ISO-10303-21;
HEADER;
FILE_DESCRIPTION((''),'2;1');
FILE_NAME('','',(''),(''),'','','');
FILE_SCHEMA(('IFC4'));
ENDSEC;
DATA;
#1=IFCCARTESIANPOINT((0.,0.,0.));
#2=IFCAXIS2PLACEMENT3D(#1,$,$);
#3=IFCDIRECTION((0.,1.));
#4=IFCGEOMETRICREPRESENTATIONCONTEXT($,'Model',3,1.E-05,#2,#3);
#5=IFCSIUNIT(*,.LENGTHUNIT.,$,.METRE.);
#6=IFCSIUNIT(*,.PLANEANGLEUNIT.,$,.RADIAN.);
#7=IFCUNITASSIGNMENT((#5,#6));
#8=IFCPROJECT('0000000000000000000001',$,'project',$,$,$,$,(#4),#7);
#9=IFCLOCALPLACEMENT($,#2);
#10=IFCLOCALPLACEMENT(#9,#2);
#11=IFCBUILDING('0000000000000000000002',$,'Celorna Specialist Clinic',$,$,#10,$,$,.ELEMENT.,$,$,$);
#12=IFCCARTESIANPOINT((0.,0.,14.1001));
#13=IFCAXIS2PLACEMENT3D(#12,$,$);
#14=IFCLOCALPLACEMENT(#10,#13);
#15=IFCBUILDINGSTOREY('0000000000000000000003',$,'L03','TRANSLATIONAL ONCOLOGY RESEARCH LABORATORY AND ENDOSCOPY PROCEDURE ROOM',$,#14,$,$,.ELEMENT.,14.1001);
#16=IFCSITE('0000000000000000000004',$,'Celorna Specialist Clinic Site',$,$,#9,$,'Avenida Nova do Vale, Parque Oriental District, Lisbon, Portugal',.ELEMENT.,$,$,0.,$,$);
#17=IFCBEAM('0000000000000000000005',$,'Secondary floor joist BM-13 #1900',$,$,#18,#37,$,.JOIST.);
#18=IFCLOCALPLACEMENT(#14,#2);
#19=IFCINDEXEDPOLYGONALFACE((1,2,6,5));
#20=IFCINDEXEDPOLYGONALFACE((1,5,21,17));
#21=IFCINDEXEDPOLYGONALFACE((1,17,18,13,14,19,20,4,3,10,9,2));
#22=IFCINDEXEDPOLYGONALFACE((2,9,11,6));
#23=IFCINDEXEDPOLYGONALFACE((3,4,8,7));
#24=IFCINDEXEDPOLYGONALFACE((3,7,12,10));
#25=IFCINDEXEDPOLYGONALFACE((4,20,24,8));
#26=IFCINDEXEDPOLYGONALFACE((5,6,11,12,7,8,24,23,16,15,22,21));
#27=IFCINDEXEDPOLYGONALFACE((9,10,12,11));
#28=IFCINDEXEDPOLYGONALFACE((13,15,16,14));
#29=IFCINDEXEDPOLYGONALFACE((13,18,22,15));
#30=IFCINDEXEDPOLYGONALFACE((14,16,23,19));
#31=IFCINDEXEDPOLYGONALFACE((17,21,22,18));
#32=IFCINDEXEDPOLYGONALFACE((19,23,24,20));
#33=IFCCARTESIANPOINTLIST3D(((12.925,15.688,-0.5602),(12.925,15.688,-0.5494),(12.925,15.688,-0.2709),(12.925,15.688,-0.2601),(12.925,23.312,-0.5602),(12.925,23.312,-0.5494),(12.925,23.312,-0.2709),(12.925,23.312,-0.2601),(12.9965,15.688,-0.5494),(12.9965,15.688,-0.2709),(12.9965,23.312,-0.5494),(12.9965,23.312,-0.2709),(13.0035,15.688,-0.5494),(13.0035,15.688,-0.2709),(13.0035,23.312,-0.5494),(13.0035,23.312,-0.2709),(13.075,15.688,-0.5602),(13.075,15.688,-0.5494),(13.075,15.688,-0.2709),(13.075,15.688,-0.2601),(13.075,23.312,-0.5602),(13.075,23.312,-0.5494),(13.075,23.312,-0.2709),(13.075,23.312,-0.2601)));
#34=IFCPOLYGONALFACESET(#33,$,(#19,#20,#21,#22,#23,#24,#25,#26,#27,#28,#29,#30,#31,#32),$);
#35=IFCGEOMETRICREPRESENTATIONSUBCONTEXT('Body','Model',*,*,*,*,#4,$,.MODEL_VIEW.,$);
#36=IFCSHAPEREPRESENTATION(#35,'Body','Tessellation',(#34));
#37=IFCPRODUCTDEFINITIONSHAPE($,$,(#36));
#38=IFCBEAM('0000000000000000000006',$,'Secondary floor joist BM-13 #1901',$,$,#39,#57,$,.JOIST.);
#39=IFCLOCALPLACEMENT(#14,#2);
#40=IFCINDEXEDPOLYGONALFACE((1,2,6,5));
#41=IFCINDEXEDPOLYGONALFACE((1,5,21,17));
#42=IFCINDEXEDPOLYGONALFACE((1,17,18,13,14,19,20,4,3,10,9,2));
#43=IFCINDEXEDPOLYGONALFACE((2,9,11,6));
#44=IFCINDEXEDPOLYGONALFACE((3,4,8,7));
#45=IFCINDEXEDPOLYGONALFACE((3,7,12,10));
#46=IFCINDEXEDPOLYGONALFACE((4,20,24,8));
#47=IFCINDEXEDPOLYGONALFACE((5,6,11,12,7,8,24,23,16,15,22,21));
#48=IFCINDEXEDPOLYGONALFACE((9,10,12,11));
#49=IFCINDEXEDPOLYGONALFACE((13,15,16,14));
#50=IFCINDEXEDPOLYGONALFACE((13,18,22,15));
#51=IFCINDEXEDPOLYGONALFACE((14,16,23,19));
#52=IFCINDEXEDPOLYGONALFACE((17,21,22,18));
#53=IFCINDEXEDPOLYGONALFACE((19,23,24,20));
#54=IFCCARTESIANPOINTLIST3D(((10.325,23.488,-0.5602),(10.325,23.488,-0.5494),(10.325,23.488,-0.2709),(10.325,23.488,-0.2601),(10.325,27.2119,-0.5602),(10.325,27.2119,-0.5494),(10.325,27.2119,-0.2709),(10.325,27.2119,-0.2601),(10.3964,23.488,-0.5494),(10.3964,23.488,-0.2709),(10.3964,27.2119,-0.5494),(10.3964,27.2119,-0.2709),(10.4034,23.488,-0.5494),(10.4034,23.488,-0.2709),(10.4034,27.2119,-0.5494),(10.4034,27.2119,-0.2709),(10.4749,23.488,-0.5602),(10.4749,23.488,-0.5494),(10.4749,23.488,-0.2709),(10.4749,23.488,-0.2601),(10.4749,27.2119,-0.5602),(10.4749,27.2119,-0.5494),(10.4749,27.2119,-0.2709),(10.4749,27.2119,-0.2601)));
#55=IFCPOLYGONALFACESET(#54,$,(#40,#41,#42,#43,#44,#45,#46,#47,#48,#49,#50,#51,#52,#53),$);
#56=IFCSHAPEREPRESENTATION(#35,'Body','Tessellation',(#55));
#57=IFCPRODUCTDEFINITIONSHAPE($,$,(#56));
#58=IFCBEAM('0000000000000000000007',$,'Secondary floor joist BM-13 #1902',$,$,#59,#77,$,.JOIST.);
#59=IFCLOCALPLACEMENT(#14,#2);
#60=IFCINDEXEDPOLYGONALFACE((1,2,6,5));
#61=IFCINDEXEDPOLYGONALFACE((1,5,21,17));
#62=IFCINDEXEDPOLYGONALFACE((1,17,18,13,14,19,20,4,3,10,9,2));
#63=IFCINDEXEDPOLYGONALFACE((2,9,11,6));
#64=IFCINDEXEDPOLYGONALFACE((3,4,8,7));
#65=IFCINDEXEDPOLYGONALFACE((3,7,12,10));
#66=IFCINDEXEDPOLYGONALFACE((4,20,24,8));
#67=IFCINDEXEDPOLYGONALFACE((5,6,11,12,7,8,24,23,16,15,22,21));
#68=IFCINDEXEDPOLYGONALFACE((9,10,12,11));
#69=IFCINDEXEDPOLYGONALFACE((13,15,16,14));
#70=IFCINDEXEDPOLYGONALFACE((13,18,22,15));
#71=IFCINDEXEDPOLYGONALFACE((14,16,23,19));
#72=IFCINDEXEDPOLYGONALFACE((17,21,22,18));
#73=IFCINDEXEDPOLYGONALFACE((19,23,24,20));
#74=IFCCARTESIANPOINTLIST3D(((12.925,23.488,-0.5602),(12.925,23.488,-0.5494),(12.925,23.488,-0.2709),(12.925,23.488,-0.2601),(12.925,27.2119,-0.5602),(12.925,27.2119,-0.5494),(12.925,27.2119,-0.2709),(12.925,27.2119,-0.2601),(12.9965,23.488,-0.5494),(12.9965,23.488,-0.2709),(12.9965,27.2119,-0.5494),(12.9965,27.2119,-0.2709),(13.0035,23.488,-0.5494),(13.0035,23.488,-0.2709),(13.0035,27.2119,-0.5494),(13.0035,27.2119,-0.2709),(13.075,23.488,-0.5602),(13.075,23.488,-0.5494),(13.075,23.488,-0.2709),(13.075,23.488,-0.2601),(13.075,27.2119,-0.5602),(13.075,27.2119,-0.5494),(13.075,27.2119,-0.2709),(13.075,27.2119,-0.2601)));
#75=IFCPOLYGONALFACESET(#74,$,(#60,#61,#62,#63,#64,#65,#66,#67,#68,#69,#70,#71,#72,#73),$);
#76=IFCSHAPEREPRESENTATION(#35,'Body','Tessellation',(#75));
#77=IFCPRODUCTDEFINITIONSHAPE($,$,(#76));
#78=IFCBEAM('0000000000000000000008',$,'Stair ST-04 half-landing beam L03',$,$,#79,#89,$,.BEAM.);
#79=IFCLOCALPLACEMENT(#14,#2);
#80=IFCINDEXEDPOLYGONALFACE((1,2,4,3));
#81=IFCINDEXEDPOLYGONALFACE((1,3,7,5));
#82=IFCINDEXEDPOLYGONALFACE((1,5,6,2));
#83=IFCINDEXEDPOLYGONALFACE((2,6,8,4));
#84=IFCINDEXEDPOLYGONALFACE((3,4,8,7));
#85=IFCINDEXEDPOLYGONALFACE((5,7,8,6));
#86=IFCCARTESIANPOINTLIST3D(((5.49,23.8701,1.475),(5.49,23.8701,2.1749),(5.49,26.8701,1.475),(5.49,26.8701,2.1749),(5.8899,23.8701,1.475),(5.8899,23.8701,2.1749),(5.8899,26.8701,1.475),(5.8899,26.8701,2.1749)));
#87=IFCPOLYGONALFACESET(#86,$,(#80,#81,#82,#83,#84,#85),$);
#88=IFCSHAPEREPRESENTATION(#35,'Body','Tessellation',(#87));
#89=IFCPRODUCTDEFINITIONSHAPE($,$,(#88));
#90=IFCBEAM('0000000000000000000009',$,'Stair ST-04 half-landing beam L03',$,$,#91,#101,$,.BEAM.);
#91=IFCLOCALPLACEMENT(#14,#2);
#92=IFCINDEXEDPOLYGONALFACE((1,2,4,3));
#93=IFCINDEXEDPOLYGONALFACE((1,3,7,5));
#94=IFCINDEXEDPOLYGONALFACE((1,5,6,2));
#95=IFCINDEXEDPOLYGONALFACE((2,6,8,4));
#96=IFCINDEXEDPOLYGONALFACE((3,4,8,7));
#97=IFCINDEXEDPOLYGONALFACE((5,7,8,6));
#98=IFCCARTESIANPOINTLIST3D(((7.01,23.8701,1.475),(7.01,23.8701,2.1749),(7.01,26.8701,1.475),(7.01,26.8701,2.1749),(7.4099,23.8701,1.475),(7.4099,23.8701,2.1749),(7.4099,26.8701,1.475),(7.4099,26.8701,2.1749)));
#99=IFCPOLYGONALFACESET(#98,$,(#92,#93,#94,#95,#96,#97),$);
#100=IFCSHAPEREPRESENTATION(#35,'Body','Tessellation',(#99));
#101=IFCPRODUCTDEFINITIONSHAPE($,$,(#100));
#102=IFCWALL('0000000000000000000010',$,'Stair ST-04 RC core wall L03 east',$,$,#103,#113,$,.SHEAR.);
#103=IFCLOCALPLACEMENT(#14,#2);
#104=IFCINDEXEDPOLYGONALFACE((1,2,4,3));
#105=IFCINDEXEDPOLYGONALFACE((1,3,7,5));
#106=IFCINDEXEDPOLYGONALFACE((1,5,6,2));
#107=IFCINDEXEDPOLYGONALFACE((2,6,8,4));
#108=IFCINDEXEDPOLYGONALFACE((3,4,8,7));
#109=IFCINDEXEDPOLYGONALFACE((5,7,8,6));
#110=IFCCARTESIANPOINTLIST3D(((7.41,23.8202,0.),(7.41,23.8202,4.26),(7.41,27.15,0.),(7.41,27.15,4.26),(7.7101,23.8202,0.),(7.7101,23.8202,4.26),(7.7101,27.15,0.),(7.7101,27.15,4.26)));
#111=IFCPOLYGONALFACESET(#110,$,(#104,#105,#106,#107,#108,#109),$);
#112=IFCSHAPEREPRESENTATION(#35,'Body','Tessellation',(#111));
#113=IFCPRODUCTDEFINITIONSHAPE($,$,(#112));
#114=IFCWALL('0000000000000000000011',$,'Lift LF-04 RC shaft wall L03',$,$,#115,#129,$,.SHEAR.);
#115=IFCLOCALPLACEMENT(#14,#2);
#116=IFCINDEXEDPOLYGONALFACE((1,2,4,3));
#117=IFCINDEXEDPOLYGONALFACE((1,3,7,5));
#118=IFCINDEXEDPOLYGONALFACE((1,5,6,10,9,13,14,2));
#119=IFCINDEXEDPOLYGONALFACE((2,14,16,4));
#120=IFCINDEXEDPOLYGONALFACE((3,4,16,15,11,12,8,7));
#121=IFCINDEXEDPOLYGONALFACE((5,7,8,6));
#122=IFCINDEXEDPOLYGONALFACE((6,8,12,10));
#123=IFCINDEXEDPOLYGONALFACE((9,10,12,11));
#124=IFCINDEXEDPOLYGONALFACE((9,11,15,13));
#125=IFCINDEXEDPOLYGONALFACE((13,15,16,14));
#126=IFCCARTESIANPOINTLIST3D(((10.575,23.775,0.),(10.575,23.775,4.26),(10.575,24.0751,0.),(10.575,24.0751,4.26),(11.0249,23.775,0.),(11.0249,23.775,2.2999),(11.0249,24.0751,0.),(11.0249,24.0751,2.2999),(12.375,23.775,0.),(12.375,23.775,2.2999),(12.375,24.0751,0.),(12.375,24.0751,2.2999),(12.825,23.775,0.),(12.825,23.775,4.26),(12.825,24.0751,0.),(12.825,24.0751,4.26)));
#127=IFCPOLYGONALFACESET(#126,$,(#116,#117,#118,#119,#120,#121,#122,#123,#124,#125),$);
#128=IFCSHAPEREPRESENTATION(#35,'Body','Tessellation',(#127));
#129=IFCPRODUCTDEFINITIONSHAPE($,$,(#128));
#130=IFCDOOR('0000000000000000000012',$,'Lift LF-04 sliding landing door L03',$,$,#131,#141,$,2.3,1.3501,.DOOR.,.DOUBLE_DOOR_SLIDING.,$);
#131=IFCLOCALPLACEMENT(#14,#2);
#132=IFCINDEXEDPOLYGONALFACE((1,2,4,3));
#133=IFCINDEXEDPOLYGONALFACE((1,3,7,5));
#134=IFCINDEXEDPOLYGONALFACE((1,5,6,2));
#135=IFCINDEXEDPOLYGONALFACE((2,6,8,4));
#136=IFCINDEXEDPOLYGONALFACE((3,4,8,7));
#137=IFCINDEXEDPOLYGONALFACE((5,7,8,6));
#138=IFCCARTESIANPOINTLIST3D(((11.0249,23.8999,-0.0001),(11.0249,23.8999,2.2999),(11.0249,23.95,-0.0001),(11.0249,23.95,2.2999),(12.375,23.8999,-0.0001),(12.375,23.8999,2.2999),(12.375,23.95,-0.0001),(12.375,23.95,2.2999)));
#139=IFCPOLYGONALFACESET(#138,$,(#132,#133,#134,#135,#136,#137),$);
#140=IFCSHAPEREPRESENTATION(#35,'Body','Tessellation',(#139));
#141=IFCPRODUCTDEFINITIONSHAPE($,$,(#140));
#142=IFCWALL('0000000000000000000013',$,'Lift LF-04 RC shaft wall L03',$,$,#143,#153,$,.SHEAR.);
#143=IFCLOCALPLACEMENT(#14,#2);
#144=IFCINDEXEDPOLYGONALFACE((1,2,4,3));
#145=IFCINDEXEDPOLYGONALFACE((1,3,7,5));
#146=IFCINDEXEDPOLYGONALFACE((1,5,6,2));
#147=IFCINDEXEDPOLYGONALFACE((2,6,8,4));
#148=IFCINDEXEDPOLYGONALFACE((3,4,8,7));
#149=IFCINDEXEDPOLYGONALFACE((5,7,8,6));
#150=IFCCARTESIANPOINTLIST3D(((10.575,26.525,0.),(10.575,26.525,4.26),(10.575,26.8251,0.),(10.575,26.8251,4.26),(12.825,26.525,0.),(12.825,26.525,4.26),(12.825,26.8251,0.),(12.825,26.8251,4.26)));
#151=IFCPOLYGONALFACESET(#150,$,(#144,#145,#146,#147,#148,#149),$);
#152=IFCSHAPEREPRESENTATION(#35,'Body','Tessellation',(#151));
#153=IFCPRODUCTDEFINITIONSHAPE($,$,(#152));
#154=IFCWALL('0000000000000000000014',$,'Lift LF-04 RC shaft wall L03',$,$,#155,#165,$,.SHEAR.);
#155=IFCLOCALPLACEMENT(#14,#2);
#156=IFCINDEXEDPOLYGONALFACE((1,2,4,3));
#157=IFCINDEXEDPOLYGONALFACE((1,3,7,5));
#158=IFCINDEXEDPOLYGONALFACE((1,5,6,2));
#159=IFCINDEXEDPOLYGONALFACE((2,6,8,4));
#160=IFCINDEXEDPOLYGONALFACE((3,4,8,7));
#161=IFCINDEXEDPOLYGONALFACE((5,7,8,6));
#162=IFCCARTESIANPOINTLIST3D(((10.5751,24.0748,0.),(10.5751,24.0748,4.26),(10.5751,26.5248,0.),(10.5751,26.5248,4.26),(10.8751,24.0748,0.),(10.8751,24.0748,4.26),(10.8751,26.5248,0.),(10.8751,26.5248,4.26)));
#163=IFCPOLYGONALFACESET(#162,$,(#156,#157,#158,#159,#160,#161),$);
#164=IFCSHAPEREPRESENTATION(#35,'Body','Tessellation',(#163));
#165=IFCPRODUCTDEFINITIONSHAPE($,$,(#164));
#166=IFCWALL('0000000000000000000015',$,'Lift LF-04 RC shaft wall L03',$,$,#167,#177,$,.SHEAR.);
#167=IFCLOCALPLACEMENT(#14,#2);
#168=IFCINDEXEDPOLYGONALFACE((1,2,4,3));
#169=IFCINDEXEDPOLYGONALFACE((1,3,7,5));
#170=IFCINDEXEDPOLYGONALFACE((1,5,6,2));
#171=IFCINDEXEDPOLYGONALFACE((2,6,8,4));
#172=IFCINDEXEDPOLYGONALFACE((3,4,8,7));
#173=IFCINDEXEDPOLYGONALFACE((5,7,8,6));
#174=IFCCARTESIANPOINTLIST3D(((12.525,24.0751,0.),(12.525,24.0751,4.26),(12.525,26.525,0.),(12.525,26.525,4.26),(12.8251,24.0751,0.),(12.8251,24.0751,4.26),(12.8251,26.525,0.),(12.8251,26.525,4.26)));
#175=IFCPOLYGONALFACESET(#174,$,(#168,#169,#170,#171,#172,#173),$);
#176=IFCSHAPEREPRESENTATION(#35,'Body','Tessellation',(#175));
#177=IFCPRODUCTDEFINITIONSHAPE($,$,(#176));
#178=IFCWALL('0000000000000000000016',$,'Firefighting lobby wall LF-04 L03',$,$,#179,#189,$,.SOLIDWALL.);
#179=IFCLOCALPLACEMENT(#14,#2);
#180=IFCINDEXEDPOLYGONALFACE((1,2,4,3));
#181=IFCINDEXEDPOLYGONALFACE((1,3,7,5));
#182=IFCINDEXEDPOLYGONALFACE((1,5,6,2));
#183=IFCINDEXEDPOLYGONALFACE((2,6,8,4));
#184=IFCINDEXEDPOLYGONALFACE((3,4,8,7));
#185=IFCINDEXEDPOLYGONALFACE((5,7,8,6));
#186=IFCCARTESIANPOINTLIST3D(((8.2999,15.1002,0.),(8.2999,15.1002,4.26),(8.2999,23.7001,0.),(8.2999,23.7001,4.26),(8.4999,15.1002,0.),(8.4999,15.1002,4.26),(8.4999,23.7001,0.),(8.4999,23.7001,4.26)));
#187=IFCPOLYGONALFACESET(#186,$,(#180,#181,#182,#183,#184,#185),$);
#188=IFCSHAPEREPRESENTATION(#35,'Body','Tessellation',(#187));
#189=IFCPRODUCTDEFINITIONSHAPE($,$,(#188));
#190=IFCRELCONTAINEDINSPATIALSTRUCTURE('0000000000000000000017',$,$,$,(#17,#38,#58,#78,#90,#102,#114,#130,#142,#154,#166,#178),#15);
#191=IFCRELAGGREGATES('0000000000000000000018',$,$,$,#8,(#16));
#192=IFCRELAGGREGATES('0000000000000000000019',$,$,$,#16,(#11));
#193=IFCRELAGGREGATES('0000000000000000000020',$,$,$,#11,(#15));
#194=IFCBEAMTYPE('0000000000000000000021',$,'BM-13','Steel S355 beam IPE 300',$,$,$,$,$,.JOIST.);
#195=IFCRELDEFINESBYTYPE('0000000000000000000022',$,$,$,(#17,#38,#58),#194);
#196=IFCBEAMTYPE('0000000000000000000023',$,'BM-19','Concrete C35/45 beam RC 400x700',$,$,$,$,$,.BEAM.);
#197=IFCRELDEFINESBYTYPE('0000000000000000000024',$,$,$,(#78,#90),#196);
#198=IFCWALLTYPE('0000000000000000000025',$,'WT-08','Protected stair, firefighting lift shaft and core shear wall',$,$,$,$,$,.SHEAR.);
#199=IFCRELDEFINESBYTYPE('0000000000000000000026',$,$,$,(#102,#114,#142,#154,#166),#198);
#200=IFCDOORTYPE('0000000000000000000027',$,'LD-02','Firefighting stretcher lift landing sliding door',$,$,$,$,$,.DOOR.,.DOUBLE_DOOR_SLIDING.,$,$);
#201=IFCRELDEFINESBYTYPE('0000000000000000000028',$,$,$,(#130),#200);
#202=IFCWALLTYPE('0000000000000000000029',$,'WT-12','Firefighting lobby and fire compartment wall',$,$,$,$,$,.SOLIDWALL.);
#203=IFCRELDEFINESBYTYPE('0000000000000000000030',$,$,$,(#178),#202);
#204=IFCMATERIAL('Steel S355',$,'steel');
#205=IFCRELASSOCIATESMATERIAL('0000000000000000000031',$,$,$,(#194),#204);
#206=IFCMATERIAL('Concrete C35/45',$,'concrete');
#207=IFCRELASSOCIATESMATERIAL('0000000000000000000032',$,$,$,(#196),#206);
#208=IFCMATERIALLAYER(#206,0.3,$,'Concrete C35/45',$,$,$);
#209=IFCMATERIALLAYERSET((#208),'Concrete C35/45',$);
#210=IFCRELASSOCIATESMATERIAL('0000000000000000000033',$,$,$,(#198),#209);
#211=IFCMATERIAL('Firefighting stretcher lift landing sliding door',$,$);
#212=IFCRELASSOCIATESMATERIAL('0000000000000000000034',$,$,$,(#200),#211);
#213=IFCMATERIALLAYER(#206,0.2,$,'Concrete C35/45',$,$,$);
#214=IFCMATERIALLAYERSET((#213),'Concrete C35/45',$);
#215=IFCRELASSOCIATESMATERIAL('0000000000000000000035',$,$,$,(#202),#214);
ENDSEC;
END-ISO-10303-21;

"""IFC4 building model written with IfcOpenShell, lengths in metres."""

from ifc_helpers import new_model, si_unit, direction, frame, frame_2d, origin, origin_2d, place, context, subcontext, project, spatial, rectangle, i_section, extrude, material, layer, layer_set, material_profile, profile_set, type_object, element, fill, save


model = new_model("IFC4")

# Units and contexts
model_context = context("Model", 3, precision=1e-05, world=origin(), true_north=direction((0.0, 1.0)))
body_context = subcontext(model_context, "Body", "Model", "MODEL_VIEW")
ifc_project = project(units=[si_unit("LENGTHUNIT", "METRE"), si_unit("PLANEANGLEUNIT", "RADIAN")], contexts=[model_context])

# Site, building, storey
site_placement = place(None, origin())
site = spatial("IfcSite", under=ifc_project, at=site_placement, Name="Celorna Specialist Clinic Site", LongName="Avenida Nova do Vale, Parque Oriental District, Lisbon, Portugal", CompositionType="ELEMENT", RefElevation=0.0)
building_placement = place(site_placement, origin())
building = spatial("IfcBuilding", under=site, at=building_placement, Name="Celorna Specialist Clinic", CompositionType="ELEMENT")
storey_placement = place(building_placement, frame((0.0, 0.0, 14.1001)))
storey = spatial("IfcBuildingStorey", under=building, at=storey_placement, Name="L03", Description="TRANSLATIONAL ONCOLOGY RESEARCH LABORATORY AND ENDOSCOPY PROCEDURE ROOM", CompositionType="ELEMENT", Elevation=14.1001)

# Shared definitions
ifc_material_1 = material(Name="Concrete C35/45", Category="concrete")

# Beams
ifc_material_2 = material(Name="Steel S355", Category="steel")
ifc_material_profile_1 = material_profile(ifc_material_2, i_section(OverallWidth=0.1499, OverallDepth=0.3, WebThickness=0.0071, FlangeThickness=0.0107, at=origin_2d()), Name="IPE 300")
ifc_profile_set_1 = profile_set([ifc_material_profile_1], Name="Steel S355")
beam_type_1 = type_object("IfcBeamType", Name="BM-13", Description="Steel S355 beam IPE 300", PredefinedType="JOIST", material=ifc_profile_set_1)
for number, where, z_axis, x_axis, name in (
    (1, (13.0, 15.688, -0.4102), (0.0, 1.0, 0.0), (-1.0, 0.0, 0.0), "Secondary floor joist BM-13 #1900"),
):
    element("IfcBeam", number, at=place(storey_placement, frame(where, z_axis=z_axis, x_axis=x_axis)), inside=storey, type_object=beam_type_1, Name=name, PredefinedType="JOIST", context=body_context, shape_type="SweptSolid", body=[
        extrude(i_section(OverallWidth=0.1499, OverallDepth=0.3, WebThickness=0.0071, FlangeThickness=0.0107, at=origin_2d()), origin(), (0.0, 0.0, 1.0), 7.624),
    ])
for number, where, z_axis, x_axis, name in (
    (2, (10.3999, 23.488, -0.4102), (0.0, 1.0, 0.0), (-1.0, 0.0, 0.0), "Secondary floor joist BM-13 #1901"),
    (3, (13.0, 23.488, -0.4102), (0.0, 1.0, 0.0), (-1.0, 0.0, 0.0), "Secondary floor joist BM-13 #1902"),
):
    element("IfcBeam", number, at=place(storey_placement, frame(where, z_axis=z_axis, x_axis=x_axis)), inside=storey, type_object=beam_type_1, Name=name, PredefinedType="JOIST", context=body_context, shape_type="SweptSolid", body=[
        extrude(i_section(OverallWidth=0.1499, OverallDepth=0.3, WebThickness=0.0071, FlangeThickness=0.0107, at=origin_2d()), origin(), (0.0, 0.0, 1.0), 3.7239),
    ])
ifc_material_profile_2 = material_profile(ifc_material_1, rectangle(XDim=0.3999, YDim=0.7, at=origin_2d()), Name="RC 400x700")
ifc_profile_set_2 = profile_set([ifc_material_profile_2], Name="Concrete C35/45")
beam_type_2 = type_object("IfcBeamType", Name="BM-19", Description="Concrete C35/45 beam RC 400x700", PredefinedType="BEAM", material=ifc_profile_set_2)
for number, where, z_axis, x_axis, name in (
    (4, (5.6899, 23.8701, 1.825), (0.0, 1.0, 0.0), (-1.0, 0.0, 0.0), "Stair ST-04 half-landing beam L03"),
    (5, (7.21, 23.8701, 1.825), (0.0, 1.0, 0.0), (-1.0, 0.0, 0.0), "Stair ST-04 half-landing beam L03"),
):
    element("IfcBeam", number, at=place(storey_placement, frame(where, z_axis=z_axis, x_axis=x_axis)), inside=storey, type_object=beam_type_2, Name=name, PredefinedType="BEAM", context=body_context, shape_type="SweptSolid", body=[
        extrude(rectangle(XDim=0.3999, YDim=0.7, at=origin_2d()), origin(), (0.0, 0.0, 1.0), 3.0),
    ])

# Wall
ifc_layer_1 = layer(ifc_material_1, 0.3, Name="Concrete C35/45")
ifc_layer_set_1 = layer_set([ifc_layer_1], Name="Concrete C35/45")
wall_type_1 = type_object("IfcWallType", Name="WT-08", Description="Protected stair, firefighting lift shaft and core shear wall", PredefinedType="SHEAR", material=ifc_layer_set_1)
wall_1_placement = place(storey_placement, frame((7.5601, 23.8201, 0.0), z_axis=(0.0, 0.0, 1.0), x_axis=(0.0, 1.0, 0.0)))
element("IfcWall", 6, at=wall_1_placement, inside=storey, type_object=wall_type_1, Name="Stair ST-04 RC core wall L03 east", PredefinedType="SHEAR", context=body_context, shape_type="SweptSolid", body=[
    extrude(rectangle(XDim=3.3298, YDim=0.3, at=frame_2d((1.665, 0.0))), origin(), (0.0, 0.0, 1.0), 4.26),
])

# Wall, opening, door
wall_2_placement = place(storey_placement, frame((10.575, 23.925, 0.0), z_axis=(0.0, 0.0, 1.0), x_axis=(1.0, 0.0, 0.0)))
wall_2 = element("IfcWall", 7, at=wall_2_placement, inside=storey, type_object=wall_type_1, Name="Lift LF-04 RC shaft wall L03", PredefinedType="SHEAR", context=body_context, shape_type="SweptSolid", body=[
    extrude(rectangle(XDim=2.25, YDim=0.3, at=frame_2d((1.125, 0.0))), origin(), (0.0, 0.0, 1.0), 4.26),
])
opening_placement = place(wall_2_placement, frame((0.45, 0.0, 0.0)))
opening = element("IfcOpeningElement", 8, at=opening_placement, cuts=wall_2, PredefinedType="OPENING", context=body_context, shape_type="SweptSolid", body=[
    extrude(rectangle(XDim=1.3501, YDim=2.3, at=frame_2d((0.675, 1.1499))), frame((0.0, 0.1599, 0.0), z_axis=(0.0, -1.0, 0.0), x_axis=(1.0, 0.0, 0.0)), (0.0, 0.0, 1.0), 0.3201),
])
ifc_material_3 = material(Name="Firefighting stretcher lift landing sliding door")
door_type = type_object("IfcDoorType", Name="LD-02", Description="Firefighting stretcher lift landing sliding door", OperationType="DOUBLE_DOOR_SLIDING", PredefinedType="DOOR", material=ifc_material_3)
door_placement = place(opening_placement, origin())
door = element("IfcDoor", 9, at=door_placement, inside=storey, type_object=door_type, Name="Lift LF-04 sliding landing door L03", OperationType="DOUBLE_DOOR_SLIDING", OverallHeight=2.3, OverallWidth=1.3501, PredefinedType="DOOR", context=body_context, shape_type="SweptSolid", body=[
    extrude(rectangle(XDim=1.3501, YDim=2.3, at=frame_2d((0.675, 1.1499))), frame((0.0, 0.0249, 0.0), z_axis=(0.0, -1.0, 0.0), x_axis=(1.0, 0.0, 0.0)), (0.0, 0.0, 1.0), 0.05),
])
fill(opening, door)

# Walls
wall_3_placement = place(storey_placement, frame((12.825, 26.675, 0.0), z_axis=(0.0, 0.0, 1.0), x_axis=(-1.0, 0.0, 0.0)))
element("IfcWall", 10, at=wall_3_placement, inside=storey, type_object=wall_type_1, Name="Lift LF-04 RC shaft wall L03", PredefinedType="SHEAR", context=body_context, shape_type="SweptSolid", body=[
    extrude(rectangle(XDim=2.25, YDim=0.3, at=frame_2d((1.125, 0.0))), origin(), (0.0, 0.0, 1.0), 4.26),
])
for number, where, z_axis, x_axis, name in (
    (11, (10.7251, 26.5249, 0.0), (0.0, 0.0, 1.0), (0.0, -1.0, 0.0), "Lift LF-04 RC shaft wall L03"),
    (12, (12.675, 24.075, 0.0), (0.0, 0.0, 1.0), (0.0, 1.0, 0.0), "Lift LF-04 RC shaft wall L03"),
):
    element("IfcWall", number, at=place(storey_placement, frame(where, z_axis=z_axis, x_axis=x_axis)), inside=storey, type_object=wall_type_1, Name=name, PredefinedType="SHEAR", context=body_context, shape_type="SweptSolid", body=[
        extrude(rectangle(XDim=2.45, YDim=0.3, at=frame_2d((1.2251, 0.0))), origin(), (0.0, 0.0, 1.0), 4.26),
    ])
ifc_layer_2 = layer(ifc_material_1, 0.2, Name="Concrete C35/45")
ifc_layer_set_2 = layer_set([ifc_layer_2], Name="Concrete C35/45")
wall_type_2 = type_object("IfcWallType", Name="WT-12", Description="Firefighting lobby and fire compartment wall", PredefinedType="SOLIDWALL", material=ifc_layer_set_2)
wall_4_placement = place(storey_placement, frame((8.3999, 23.7, 0.0), z_axis=(0.0, 0.0, 1.0), x_axis=(0.0, -1.0, 0.0)))
element("IfcWall", 13, at=wall_4_placement, inside=storey, type_object=wall_type_2, Name="Firefighting lobby wall LF-04 L03", PredefinedType="SOLIDWALL", context=body_context, shape_type="SweptSolid", body=[
    extrude(rectangle(XDim=8.5999, YDim=0.2, at=frame_2d((4.2998, 0.0))), origin(), (0.0, 0.0, 1.0), 4.26),
])

save(model, "model.ifc")
